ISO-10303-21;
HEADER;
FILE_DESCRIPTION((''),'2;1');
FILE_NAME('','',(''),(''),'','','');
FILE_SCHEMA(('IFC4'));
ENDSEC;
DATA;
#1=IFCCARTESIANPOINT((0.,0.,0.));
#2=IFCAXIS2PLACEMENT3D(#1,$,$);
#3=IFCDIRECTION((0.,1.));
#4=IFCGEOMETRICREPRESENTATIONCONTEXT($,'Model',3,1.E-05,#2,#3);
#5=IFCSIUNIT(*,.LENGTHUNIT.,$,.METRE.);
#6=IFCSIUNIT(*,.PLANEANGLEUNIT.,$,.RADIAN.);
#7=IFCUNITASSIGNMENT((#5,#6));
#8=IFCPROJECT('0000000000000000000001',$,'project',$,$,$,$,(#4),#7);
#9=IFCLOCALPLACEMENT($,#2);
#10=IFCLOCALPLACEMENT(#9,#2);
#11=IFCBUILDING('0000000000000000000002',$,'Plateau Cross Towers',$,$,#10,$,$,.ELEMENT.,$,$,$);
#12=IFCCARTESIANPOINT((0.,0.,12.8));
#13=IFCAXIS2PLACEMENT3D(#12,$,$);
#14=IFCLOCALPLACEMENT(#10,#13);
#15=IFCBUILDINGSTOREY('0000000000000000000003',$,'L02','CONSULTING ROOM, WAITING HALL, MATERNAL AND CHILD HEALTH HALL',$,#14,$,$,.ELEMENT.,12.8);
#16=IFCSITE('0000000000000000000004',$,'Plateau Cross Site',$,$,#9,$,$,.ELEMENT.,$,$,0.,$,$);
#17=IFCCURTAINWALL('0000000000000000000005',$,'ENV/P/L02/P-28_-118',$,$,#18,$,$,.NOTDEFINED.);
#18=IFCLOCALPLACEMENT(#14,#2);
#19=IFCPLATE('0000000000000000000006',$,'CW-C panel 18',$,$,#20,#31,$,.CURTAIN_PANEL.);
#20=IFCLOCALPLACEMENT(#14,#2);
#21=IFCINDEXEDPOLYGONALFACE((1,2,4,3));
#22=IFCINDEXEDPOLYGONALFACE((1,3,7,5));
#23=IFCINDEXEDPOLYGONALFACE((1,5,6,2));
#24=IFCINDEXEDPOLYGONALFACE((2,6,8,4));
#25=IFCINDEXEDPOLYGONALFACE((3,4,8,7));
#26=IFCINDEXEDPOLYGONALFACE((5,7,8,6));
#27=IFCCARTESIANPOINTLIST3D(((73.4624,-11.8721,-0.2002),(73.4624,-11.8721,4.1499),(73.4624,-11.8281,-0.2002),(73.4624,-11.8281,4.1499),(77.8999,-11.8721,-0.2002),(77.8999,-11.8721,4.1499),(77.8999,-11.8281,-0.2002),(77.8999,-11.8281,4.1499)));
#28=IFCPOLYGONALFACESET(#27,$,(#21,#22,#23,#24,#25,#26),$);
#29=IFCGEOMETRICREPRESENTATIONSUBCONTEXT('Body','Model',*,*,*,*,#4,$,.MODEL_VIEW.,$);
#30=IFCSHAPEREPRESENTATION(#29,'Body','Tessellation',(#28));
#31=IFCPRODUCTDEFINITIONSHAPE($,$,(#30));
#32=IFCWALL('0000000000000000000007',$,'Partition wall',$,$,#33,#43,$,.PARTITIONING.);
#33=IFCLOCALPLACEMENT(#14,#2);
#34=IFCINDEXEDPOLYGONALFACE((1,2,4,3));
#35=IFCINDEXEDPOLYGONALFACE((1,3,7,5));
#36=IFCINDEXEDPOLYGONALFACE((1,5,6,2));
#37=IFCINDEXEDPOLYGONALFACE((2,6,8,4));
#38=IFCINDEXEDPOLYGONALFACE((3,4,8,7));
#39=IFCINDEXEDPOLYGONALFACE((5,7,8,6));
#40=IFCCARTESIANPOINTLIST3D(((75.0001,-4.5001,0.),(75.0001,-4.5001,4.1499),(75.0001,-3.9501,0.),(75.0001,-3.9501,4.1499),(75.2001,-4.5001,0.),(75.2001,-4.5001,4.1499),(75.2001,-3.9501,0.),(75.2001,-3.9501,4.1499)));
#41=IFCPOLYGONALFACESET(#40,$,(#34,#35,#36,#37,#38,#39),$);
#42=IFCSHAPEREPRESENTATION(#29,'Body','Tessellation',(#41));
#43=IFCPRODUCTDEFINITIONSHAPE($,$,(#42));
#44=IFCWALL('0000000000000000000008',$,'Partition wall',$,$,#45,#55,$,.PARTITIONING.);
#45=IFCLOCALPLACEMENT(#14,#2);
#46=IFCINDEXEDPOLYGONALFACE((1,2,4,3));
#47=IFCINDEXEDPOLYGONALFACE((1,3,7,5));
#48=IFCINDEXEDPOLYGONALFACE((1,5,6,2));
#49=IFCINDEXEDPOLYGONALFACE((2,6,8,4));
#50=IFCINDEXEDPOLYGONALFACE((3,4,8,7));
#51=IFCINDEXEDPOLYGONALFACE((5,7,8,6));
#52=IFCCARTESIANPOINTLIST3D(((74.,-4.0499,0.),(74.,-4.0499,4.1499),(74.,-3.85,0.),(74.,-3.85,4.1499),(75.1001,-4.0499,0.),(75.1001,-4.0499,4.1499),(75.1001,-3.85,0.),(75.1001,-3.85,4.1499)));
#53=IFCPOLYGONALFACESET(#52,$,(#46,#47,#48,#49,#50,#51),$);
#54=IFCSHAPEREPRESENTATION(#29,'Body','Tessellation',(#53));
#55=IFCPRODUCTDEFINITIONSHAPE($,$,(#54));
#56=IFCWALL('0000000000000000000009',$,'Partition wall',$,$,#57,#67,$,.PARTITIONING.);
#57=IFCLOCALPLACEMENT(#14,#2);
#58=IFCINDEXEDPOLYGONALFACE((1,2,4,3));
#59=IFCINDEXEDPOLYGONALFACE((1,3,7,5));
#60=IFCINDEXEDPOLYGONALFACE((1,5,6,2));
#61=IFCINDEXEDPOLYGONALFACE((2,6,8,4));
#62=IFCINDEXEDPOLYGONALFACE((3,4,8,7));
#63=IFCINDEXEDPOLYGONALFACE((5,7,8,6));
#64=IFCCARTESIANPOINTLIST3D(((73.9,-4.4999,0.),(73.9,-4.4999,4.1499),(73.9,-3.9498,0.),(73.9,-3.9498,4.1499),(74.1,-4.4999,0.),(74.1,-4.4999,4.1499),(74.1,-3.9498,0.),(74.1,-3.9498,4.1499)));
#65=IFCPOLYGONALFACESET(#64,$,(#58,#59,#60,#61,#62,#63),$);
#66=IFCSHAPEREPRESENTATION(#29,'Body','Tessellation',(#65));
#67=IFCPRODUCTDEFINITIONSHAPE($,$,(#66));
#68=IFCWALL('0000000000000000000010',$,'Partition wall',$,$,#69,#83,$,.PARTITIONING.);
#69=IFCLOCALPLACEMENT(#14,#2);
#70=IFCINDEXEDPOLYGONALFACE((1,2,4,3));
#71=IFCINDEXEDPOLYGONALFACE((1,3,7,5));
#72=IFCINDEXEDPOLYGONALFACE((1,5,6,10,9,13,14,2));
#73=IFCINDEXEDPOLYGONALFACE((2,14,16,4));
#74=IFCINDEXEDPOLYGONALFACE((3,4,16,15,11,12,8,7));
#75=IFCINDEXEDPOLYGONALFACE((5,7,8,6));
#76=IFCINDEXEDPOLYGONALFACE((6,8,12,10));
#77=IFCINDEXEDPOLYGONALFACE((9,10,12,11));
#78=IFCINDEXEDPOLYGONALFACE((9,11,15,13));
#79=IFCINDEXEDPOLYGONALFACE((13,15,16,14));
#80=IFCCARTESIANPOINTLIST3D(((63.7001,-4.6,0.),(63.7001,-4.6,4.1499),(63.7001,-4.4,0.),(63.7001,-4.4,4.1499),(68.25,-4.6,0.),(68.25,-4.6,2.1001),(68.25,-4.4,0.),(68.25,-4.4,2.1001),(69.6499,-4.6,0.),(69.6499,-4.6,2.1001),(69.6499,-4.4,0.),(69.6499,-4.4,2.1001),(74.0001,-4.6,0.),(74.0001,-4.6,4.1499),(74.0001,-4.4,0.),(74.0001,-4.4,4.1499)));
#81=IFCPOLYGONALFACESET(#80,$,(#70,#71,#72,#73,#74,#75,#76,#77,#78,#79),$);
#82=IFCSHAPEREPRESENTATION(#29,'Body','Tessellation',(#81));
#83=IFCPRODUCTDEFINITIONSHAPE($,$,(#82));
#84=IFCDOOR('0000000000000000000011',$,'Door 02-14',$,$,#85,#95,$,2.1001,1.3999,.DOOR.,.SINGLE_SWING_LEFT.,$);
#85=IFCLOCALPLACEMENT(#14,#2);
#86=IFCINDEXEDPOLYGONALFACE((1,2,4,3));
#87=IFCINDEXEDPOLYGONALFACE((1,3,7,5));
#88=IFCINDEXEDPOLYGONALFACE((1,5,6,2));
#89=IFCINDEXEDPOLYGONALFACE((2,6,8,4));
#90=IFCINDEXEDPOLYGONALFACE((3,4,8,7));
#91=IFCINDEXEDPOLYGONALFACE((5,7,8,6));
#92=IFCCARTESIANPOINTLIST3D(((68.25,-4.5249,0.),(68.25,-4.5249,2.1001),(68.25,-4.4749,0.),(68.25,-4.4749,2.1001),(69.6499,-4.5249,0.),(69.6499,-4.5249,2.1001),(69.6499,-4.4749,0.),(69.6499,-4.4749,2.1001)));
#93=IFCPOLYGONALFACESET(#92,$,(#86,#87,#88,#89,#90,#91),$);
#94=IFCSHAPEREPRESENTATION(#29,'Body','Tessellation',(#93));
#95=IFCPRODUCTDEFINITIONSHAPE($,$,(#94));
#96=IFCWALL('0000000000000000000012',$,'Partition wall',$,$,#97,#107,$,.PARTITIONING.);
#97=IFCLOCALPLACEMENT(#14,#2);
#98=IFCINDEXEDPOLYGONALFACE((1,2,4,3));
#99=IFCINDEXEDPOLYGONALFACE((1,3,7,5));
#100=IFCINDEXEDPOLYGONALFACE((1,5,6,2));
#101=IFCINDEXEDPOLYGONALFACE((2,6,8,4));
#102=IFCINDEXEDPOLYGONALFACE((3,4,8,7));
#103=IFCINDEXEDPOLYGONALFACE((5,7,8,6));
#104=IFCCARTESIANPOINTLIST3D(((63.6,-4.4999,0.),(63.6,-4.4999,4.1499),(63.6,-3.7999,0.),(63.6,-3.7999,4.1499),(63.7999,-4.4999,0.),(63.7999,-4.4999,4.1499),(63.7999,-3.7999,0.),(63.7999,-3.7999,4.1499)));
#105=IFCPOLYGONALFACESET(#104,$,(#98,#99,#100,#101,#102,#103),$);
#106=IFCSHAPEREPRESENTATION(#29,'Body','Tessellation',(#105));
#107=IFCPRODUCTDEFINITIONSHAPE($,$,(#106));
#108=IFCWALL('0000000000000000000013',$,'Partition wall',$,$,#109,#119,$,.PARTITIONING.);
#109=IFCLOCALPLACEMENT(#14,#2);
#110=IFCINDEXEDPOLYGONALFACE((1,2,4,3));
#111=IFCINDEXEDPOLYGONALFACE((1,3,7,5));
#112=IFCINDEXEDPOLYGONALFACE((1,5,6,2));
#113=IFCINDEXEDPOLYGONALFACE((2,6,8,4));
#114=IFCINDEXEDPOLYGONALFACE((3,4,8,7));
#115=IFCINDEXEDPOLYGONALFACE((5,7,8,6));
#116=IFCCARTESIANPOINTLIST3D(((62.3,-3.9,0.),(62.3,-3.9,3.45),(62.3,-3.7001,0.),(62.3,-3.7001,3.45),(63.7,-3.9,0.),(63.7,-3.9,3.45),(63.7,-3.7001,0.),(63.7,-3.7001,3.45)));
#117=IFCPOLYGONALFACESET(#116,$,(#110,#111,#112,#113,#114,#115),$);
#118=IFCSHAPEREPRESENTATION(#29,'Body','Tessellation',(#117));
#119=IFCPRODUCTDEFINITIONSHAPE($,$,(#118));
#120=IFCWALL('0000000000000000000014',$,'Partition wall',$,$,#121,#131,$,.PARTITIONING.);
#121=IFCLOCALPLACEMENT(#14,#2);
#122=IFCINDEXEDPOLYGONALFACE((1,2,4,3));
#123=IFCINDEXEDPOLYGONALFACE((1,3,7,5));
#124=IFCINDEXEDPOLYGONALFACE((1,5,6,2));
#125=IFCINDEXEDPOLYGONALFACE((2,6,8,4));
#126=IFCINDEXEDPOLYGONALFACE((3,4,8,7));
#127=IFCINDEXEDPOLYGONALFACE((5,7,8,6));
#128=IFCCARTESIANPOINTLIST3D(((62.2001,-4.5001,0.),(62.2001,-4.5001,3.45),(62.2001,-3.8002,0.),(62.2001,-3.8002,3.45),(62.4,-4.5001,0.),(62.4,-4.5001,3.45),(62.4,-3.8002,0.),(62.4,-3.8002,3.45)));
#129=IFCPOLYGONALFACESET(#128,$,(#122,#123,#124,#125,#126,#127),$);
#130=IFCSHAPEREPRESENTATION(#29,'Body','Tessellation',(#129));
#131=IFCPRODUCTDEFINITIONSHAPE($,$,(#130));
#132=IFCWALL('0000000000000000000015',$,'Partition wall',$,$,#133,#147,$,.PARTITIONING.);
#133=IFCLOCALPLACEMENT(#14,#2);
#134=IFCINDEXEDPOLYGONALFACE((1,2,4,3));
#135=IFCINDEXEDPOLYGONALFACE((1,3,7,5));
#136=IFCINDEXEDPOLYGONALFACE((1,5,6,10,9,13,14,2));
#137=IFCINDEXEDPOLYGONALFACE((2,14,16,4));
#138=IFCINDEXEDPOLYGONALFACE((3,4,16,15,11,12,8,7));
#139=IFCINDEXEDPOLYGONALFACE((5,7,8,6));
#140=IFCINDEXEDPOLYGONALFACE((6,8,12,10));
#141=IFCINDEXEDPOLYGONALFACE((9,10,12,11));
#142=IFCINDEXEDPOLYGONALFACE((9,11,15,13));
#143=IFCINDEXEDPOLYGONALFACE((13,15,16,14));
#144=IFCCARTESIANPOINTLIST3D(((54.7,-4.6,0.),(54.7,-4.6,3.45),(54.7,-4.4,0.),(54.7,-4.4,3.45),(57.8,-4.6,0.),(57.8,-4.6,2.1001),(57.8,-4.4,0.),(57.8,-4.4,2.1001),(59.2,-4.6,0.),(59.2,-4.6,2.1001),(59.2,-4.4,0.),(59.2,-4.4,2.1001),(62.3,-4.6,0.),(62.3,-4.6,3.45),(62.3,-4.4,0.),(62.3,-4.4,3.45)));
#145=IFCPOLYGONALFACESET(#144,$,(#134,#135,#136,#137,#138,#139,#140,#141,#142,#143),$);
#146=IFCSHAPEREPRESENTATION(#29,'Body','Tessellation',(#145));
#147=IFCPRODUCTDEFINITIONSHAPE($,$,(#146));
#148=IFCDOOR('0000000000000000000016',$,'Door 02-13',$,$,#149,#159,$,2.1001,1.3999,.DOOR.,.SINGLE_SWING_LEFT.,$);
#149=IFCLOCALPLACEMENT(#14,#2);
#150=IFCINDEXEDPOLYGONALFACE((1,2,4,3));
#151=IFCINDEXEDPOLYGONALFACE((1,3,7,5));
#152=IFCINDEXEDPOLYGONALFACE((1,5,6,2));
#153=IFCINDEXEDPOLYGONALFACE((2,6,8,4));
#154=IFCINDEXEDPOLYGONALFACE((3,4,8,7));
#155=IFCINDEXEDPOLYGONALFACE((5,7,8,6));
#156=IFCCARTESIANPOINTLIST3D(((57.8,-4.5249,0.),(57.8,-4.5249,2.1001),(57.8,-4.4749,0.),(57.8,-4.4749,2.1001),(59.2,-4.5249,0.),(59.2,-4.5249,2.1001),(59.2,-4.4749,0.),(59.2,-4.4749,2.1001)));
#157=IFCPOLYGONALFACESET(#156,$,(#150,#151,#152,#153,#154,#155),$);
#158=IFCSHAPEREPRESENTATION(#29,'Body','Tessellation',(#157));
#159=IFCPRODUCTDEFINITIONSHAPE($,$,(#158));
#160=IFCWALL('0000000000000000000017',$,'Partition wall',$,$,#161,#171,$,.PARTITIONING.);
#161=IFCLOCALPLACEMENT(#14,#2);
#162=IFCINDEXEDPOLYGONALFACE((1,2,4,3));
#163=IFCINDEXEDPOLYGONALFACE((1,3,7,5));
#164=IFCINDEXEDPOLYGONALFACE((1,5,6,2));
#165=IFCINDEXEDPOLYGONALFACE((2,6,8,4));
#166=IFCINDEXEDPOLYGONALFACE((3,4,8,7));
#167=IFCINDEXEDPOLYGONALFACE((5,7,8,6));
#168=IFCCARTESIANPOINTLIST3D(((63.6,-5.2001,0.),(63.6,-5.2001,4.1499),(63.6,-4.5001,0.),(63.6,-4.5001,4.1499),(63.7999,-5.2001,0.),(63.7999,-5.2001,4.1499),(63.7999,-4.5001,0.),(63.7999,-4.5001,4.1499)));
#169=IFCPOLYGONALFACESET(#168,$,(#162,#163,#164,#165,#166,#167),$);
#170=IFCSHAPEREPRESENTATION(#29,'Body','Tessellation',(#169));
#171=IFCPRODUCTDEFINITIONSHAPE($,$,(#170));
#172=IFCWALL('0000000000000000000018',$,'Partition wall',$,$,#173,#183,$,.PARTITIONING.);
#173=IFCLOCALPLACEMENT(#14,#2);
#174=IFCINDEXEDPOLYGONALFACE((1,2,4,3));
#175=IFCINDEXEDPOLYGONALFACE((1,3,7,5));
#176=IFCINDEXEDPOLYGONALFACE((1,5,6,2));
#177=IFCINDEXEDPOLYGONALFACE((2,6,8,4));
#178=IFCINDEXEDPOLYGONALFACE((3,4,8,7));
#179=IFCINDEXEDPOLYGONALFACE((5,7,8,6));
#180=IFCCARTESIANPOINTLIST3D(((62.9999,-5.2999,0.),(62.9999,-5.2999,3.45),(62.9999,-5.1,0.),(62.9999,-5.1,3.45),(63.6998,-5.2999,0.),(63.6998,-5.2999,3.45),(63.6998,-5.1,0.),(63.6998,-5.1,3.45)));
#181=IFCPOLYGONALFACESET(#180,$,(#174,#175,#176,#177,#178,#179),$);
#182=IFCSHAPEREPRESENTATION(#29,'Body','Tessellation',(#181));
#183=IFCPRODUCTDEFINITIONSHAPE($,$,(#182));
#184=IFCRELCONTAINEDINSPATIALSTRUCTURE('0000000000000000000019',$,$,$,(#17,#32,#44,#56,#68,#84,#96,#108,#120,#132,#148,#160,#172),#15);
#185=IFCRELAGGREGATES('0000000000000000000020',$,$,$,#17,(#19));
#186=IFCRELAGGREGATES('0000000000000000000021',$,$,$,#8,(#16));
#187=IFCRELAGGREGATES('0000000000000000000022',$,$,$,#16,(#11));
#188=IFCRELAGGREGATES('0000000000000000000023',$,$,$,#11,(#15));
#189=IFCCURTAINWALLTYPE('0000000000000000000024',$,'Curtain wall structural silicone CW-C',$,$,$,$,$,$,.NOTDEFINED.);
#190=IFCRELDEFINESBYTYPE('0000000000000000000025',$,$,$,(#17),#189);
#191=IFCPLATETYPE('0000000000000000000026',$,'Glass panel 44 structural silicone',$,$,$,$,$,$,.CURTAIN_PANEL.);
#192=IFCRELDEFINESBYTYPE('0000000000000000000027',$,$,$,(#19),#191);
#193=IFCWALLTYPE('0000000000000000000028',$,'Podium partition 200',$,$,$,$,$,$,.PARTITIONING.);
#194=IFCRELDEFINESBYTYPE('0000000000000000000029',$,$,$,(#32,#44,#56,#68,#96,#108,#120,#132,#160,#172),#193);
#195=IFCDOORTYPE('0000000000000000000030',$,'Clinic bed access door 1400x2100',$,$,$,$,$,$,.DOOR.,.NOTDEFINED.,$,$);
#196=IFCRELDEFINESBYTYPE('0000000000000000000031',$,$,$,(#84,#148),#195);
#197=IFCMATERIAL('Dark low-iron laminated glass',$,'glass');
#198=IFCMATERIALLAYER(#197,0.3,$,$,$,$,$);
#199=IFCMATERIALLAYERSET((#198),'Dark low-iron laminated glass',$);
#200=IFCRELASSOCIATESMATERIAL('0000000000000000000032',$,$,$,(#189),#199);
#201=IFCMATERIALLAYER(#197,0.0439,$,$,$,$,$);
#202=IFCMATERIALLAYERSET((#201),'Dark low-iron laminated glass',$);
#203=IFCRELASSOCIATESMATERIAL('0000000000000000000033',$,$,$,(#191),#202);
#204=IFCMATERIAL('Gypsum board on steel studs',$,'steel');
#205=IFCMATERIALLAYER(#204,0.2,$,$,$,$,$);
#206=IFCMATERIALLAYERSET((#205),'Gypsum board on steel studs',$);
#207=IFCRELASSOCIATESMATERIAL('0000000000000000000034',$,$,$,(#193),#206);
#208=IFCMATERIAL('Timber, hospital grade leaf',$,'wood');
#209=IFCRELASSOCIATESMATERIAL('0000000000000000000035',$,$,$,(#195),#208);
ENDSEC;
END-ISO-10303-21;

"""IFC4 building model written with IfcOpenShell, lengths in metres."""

from ifc_helpers import new_model, si_unit, direction, frame, frame_2d, origin, origin_2d, place, context, subcontext, project, spatial, rectangle, extrude, material, layer, layer_set, type_object, element, fill, aggregate, save


model = new_model("IFC4")

# Units and contexts
model_context = context("Model", 3, precision=1e-05, world=origin(), true_north=direction((0.0, 1.0)))
body_context = subcontext(model_context, "Body", "Model", "MODEL_VIEW")
ifc_project = project(units=[si_unit("LENGTHUNIT", "METRE"), si_unit("PLANEANGLEUNIT", "RADIAN")], contexts=[model_context])

# Site, building, storey
site_placement = place(None, origin())
site = spatial("IfcSite", under=ifc_project, at=site_placement, Name="Plateau Cross Site", CompositionType="ELEMENT", RefElevation=0.0)
building_placement = place(site_placement, origin())
building = spatial("IfcBuilding", under=site, at=building_placement, Name="Plateau Cross Towers", CompositionType="ELEMENT")
storey_placement = place(building_placement, frame((0.0, 0.0, 12.8)))
storey = spatial("IfcBuildingStorey", under=building, at=storey_placement, Name="L02", Description="CONSULTING ROOM, WAITING HALL, MATERNAL AND CHILD HEALTH HALL", CompositionType="ELEMENT", Elevation=12.8)

# Curtain wall
ifc_material_1 = material(Name="Dark low-iron laminated glass", Category="glass")
ifc_layer_1 = layer(ifc_material_1, 0.3)
ifc_layer_set_1 = layer_set([ifc_layer_1], Name="Dark low-iron laminated glass")
curtain_wall_type = type_object("IfcCurtainWallType", Name="Curtain wall structural silicone CW-C", PredefinedType="NOTDEFINED", material=ifc_layer_set_1)
curtain_wall_placement = place(storey_placement, origin())
curtain_wall = element("IfcCurtainWall", 1, at=curtain_wall_placement, inside=storey, type_object=curtain_wall_type, Name="ENV/P/L02/P-28_-118", PredefinedType="NOTDEFINED")

# Plate
ifc_layer_2 = layer(ifc_material_1, 0.0439)
ifc_layer_set_2 = layer_set([ifc_layer_2], Name="Dark low-iron laminated glass")
plate_type = type_object("IfcPlateType", Name="Glass panel 44 structural silicone", PredefinedType="CURTAIN_PANEL", material=ifc_layer_set_2)
plate_1_placement = place(storey_placement, frame((75.6812, -11.8501, -0.2002), z_axis=(0.0, 0.0, 1.0), x_axis=(1.0, 0.0, 0.0)))
plate_1 = element("IfcPlate", 2, at=plate_1_placement, type_object=plate_type, Name="CW-C panel 18", PredefinedType="CURTAIN_PANEL", context=body_context, shape_type="SweptSolid", body=[
    extrude(rectangle(XDim=4.4375, YDim=0.0439, at=origin_2d()), origin(), (0.0, 0.0, 1.0), 4.3501),
])
aggregate(curtain_wall, [plate_1])

# Walls
ifc_material_2 = material(Name="Gypsum board on steel studs", Category="steel")
ifc_layer_3 = layer(ifc_material_2, 0.2)
ifc_layer_set_3 = layer_set([ifc_layer_3], Name="Gypsum board on steel studs")
wall_type = type_object("IfcWallType", Name="Podium partition 200", PredefinedType="PARTITIONING", material=ifc_layer_set_3)
wall_1_placement = place(storey_placement, frame((75.1001, -4.5, 0.0), z_axis=(0.0, 0.0, 1.0), x_axis=(0.0, 1.0, 0.0)))
element("IfcWall", 3, at=wall_1_placement, inside=storey, type_object=wall_type, Name="Partition wall", PredefinedType="PARTITIONING", context=body_context, shape_type="SweptSolid", body=[
    extrude(rectangle(XDim=0.55, YDim=0.2, at=frame_2d((0.2749, 0.0))), origin(), (0.0, 0.0, 1.0), 4.1499),
])
wall_2_placement = place(storey_placement, frame((75.1001, -3.95, 0.0), z_axis=(0.0, 0.0, 1.0), x_axis=(-1.0, 0.0, 0.0)))
element("IfcWall", 4, at=wall_2_placement, inside=storey, type_object=wall_type, Name="Partition wall", PredefinedType="PARTITIONING", context=body_context, shape_type="SweptSolid", body=[
    extrude(rectangle(XDim=1.1001, YDim=0.2, at=frame_2d((0.55, 0.0))), origin(), (0.0, 0.0, 1.0), 4.1499),
])
wall_3_placement = place(storey_placement, frame((74.0, -3.95, 0.0), z_axis=(0.0, 0.0, 1.0), x_axis=(0.0, -1.0, 0.0)))
element("IfcWall", 5, at=wall_3_placement, inside=storey, type_object=wall_type, Name="Partition wall", PredefinedType="PARTITIONING", context=body_context, shape_type="SweptSolid", body=[
    extrude(rectangle(XDim=0.55, YDim=0.2, at=frame_2d((0.2749, 0.0))), origin(), (0.0, 0.0, 1.0), 4.1499),
])

# Wall, opening, door
wall_4_placement = place(storey_placement, frame((74.0, -4.5, 0.0), z_axis=(0.0, 0.0, 1.0), x_axis=(-1.0, 0.0, 0.0)))
wall_4 = element("IfcWall", 6, at=wall_4_placement, inside=storey, type_object=wall_type, Name="Partition wall", PredefinedType="PARTITIONING", context=body_context, shape_type="SweptSolid", body=[
    extrude(rectangle(XDim=10.3, YDim=0.2, at=frame_2d((5.1499, 0.0))), origin(), (0.0, 0.0, 1.0), 4.1499),
])
opening_1_placement = place(wall_4_placement, frame((4.3501, 0.0, 0.0)))
opening_1 = element("IfcOpeningElement", 7, at=opening_1_placement, cuts=wall_4, PredefinedType="OPENING", context=body_context, shape_type="SweptSolid", body=[
    extrude(rectangle(XDim=1.3999, YDim=2.1001, at=frame_2d((0.7, 1.05))), frame((0.0, 0.1099, 0.0), z_axis=(0.0, -1.0, 0.0), x_axis=(1.0, 0.0, 0.0)), (0.0, 0.0, 1.0), 0.22),
])
ifc_material_3 = material(Name="Timber, hospital grade leaf", Category="wood")
door_type = type_object("IfcDoorType", Name="Clinic bed access door 1400x2100", OperationType="NOTDEFINED", PredefinedType="DOOR", material=ifc_material_3)
door_1_placement = place(opening_1_placement, origin())
door_1 = element("IfcDoor", 8, at=door_1_placement, inside=storey, type_object=door_type, Name="Door 02-14", OperationType="SINGLE_SWING_LEFT", OverallHeight=2.1001, OverallWidth=1.3999, PredefinedType="DOOR", context=body_context, shape_type="SweptSolid", body=[
    extrude(rectangle(XDim=1.3999, YDim=2.1001, at=frame_2d((0.7, 1.05))), frame((0.0, 0.0249, 0.0), z_axis=(0.0, -1.0, 0.0), x_axis=(1.0, 0.0, 0.0)), (0.0, 0.0, 1.0), 0.05),
])
fill(opening_1, door_1)

# Walls
wall_5_placement = place(storey_placement, frame((63.7, -4.5, 0.0), z_axis=(0.0, 0.0, 1.0), x_axis=(0.0, 1.0, 0.0)))
element("IfcWall", 9, at=wall_5_placement, inside=storey, type_object=wall_type, Name="Partition wall", PredefinedType="PARTITIONING", context=body_context, shape_type="SweptSolid", body=[
    extrude(rectangle(XDim=0.7, YDim=0.2, at=frame_2d((0.3501, 0.0))), origin(), (0.0, 0.0, 1.0), 4.1499),
])
wall_6_placement = place(storey_placement, frame((63.7, -3.8, 0.0), z_axis=(0.0, 0.0, 1.0), x_axis=(-1.0, 0.0, 0.0)))
element("IfcWall", 10, at=wall_6_placement, inside=storey, type_object=wall_type, Name="Partition wall", PredefinedType="PARTITIONING", context=body_context, shape_type="SweptSolid", body=[
    extrude(rectangle(XDim=1.3999, YDim=0.2, at=frame_2d((0.7, 0.0))), origin(), (0.0, 0.0, 1.0), 3.45),
])
wall_7_placement = place(storey_placement, frame((62.3, -3.8, 0.0), z_axis=(0.0, 0.0, 1.0), x_axis=(0.0, -1.0, 0.0)))
element("IfcWall", 11, at=wall_7_placement, inside=storey, type_object=wall_type, Name="Partition wall", PredefinedType="PARTITIONING", context=body_context, shape_type="SweptSolid", body=[
    extrude(rectangle(XDim=0.7, YDim=0.2, at=frame_2d((0.3501, 0.0))), origin(), (0.0, 0.0, 1.0), 3.45),
])

# Wall, opening, door
wall_8_placement = place(storey_placement, frame((62.3, -4.5, 0.0), z_axis=(0.0, 0.0, 1.0), x_axis=(-1.0, 0.0, 0.0)))
wall_8 = element("IfcWall", 12, at=wall_8_placement, inside=storey, type_object=wall_type, Name="Partition wall", PredefinedType="PARTITIONING", context=body_context, shape_type="SweptSolid", body=[
    extrude(rectangle(XDim=7.6001, YDim=0.2, at=frame_2d((3.8, 0.0))), origin(), (0.0, 0.0, 1.0), 3.45),
])
opening_2_placement = place(wall_8_placement, frame((3.1001, 0.0, 0.0)))
opening_2 = element("IfcOpeningElement", 13, at=opening_2_placement, cuts=wall_8, PredefinedType="OPENING", context=body_context, shape_type="SweptSolid", body=[
    extrude(rectangle(XDim=1.3999, YDim=2.1001, at=frame_2d((0.7, 1.05))), frame((0.0, 0.1099, 0.0), z_axis=(0.0, -1.0, 0.0), x_axis=(1.0, 0.0, 0.0)), (0.0, 0.0, 1.0), 0.22),
])
door_2_placement = place(opening_2_placement, origin())
door_2 = element("IfcDoor", 14, at=door_2_placement, inside=storey, type_object=door_type, Name="Door 02-13", OperationType="SINGLE_SWING_LEFT", OverallHeight=2.1001, OverallWidth=1.3999, PredefinedType="DOOR", context=body_context, shape_type="SweptSolid", body=[
    extrude(rectangle(XDim=1.3999, YDim=2.1001, at=frame_2d((0.7, 1.05))), frame((0.0, 0.0249, 0.0), z_axis=(0.0, -1.0, 0.0), x_axis=(1.0, 0.0, 0.0)), (0.0, 0.0, 1.0), 0.05),
])
fill(opening_2, door_2)

# Walls
wall_9_placement = place(storey_placement, frame((63.7, -4.5, 0.0), z_axis=(0.0, 0.0, 1.0), x_axis=(0.0, -1.0, 0.0)))
element("IfcWall", 15, at=wall_9_placement, inside=storey, type_object=wall_type, Name="Partition wall", PredefinedType="PARTITIONING", context=body_context, shape_type="SweptSolid", body=[
    extrude(rectangle(XDim=0.7, YDim=0.2, at=frame_2d((0.3501, 0.0))), origin(), (0.0, 0.0, 1.0), 4.1499),
])
wall_10_placement = place(storey_placement, frame((63.7, -5.2, 0.0), z_axis=(0.0, 0.0, 1.0), x_axis=(-1.0, 0.0, 0.0)))
element("IfcWall", 16, at=wall_10_placement, inside=storey, type_object=wall_type, Name="Partition wall", PredefinedType="PARTITIONING", context=body_context, shape_type="SweptSolid", body=[
    extrude(rectangle(XDim=0.7, YDim=0.2, at=frame_2d((0.3501, 0.0))), origin(), (0.0, 0.0, 1.0), 3.45),
])

save(model, "model.ifc")
